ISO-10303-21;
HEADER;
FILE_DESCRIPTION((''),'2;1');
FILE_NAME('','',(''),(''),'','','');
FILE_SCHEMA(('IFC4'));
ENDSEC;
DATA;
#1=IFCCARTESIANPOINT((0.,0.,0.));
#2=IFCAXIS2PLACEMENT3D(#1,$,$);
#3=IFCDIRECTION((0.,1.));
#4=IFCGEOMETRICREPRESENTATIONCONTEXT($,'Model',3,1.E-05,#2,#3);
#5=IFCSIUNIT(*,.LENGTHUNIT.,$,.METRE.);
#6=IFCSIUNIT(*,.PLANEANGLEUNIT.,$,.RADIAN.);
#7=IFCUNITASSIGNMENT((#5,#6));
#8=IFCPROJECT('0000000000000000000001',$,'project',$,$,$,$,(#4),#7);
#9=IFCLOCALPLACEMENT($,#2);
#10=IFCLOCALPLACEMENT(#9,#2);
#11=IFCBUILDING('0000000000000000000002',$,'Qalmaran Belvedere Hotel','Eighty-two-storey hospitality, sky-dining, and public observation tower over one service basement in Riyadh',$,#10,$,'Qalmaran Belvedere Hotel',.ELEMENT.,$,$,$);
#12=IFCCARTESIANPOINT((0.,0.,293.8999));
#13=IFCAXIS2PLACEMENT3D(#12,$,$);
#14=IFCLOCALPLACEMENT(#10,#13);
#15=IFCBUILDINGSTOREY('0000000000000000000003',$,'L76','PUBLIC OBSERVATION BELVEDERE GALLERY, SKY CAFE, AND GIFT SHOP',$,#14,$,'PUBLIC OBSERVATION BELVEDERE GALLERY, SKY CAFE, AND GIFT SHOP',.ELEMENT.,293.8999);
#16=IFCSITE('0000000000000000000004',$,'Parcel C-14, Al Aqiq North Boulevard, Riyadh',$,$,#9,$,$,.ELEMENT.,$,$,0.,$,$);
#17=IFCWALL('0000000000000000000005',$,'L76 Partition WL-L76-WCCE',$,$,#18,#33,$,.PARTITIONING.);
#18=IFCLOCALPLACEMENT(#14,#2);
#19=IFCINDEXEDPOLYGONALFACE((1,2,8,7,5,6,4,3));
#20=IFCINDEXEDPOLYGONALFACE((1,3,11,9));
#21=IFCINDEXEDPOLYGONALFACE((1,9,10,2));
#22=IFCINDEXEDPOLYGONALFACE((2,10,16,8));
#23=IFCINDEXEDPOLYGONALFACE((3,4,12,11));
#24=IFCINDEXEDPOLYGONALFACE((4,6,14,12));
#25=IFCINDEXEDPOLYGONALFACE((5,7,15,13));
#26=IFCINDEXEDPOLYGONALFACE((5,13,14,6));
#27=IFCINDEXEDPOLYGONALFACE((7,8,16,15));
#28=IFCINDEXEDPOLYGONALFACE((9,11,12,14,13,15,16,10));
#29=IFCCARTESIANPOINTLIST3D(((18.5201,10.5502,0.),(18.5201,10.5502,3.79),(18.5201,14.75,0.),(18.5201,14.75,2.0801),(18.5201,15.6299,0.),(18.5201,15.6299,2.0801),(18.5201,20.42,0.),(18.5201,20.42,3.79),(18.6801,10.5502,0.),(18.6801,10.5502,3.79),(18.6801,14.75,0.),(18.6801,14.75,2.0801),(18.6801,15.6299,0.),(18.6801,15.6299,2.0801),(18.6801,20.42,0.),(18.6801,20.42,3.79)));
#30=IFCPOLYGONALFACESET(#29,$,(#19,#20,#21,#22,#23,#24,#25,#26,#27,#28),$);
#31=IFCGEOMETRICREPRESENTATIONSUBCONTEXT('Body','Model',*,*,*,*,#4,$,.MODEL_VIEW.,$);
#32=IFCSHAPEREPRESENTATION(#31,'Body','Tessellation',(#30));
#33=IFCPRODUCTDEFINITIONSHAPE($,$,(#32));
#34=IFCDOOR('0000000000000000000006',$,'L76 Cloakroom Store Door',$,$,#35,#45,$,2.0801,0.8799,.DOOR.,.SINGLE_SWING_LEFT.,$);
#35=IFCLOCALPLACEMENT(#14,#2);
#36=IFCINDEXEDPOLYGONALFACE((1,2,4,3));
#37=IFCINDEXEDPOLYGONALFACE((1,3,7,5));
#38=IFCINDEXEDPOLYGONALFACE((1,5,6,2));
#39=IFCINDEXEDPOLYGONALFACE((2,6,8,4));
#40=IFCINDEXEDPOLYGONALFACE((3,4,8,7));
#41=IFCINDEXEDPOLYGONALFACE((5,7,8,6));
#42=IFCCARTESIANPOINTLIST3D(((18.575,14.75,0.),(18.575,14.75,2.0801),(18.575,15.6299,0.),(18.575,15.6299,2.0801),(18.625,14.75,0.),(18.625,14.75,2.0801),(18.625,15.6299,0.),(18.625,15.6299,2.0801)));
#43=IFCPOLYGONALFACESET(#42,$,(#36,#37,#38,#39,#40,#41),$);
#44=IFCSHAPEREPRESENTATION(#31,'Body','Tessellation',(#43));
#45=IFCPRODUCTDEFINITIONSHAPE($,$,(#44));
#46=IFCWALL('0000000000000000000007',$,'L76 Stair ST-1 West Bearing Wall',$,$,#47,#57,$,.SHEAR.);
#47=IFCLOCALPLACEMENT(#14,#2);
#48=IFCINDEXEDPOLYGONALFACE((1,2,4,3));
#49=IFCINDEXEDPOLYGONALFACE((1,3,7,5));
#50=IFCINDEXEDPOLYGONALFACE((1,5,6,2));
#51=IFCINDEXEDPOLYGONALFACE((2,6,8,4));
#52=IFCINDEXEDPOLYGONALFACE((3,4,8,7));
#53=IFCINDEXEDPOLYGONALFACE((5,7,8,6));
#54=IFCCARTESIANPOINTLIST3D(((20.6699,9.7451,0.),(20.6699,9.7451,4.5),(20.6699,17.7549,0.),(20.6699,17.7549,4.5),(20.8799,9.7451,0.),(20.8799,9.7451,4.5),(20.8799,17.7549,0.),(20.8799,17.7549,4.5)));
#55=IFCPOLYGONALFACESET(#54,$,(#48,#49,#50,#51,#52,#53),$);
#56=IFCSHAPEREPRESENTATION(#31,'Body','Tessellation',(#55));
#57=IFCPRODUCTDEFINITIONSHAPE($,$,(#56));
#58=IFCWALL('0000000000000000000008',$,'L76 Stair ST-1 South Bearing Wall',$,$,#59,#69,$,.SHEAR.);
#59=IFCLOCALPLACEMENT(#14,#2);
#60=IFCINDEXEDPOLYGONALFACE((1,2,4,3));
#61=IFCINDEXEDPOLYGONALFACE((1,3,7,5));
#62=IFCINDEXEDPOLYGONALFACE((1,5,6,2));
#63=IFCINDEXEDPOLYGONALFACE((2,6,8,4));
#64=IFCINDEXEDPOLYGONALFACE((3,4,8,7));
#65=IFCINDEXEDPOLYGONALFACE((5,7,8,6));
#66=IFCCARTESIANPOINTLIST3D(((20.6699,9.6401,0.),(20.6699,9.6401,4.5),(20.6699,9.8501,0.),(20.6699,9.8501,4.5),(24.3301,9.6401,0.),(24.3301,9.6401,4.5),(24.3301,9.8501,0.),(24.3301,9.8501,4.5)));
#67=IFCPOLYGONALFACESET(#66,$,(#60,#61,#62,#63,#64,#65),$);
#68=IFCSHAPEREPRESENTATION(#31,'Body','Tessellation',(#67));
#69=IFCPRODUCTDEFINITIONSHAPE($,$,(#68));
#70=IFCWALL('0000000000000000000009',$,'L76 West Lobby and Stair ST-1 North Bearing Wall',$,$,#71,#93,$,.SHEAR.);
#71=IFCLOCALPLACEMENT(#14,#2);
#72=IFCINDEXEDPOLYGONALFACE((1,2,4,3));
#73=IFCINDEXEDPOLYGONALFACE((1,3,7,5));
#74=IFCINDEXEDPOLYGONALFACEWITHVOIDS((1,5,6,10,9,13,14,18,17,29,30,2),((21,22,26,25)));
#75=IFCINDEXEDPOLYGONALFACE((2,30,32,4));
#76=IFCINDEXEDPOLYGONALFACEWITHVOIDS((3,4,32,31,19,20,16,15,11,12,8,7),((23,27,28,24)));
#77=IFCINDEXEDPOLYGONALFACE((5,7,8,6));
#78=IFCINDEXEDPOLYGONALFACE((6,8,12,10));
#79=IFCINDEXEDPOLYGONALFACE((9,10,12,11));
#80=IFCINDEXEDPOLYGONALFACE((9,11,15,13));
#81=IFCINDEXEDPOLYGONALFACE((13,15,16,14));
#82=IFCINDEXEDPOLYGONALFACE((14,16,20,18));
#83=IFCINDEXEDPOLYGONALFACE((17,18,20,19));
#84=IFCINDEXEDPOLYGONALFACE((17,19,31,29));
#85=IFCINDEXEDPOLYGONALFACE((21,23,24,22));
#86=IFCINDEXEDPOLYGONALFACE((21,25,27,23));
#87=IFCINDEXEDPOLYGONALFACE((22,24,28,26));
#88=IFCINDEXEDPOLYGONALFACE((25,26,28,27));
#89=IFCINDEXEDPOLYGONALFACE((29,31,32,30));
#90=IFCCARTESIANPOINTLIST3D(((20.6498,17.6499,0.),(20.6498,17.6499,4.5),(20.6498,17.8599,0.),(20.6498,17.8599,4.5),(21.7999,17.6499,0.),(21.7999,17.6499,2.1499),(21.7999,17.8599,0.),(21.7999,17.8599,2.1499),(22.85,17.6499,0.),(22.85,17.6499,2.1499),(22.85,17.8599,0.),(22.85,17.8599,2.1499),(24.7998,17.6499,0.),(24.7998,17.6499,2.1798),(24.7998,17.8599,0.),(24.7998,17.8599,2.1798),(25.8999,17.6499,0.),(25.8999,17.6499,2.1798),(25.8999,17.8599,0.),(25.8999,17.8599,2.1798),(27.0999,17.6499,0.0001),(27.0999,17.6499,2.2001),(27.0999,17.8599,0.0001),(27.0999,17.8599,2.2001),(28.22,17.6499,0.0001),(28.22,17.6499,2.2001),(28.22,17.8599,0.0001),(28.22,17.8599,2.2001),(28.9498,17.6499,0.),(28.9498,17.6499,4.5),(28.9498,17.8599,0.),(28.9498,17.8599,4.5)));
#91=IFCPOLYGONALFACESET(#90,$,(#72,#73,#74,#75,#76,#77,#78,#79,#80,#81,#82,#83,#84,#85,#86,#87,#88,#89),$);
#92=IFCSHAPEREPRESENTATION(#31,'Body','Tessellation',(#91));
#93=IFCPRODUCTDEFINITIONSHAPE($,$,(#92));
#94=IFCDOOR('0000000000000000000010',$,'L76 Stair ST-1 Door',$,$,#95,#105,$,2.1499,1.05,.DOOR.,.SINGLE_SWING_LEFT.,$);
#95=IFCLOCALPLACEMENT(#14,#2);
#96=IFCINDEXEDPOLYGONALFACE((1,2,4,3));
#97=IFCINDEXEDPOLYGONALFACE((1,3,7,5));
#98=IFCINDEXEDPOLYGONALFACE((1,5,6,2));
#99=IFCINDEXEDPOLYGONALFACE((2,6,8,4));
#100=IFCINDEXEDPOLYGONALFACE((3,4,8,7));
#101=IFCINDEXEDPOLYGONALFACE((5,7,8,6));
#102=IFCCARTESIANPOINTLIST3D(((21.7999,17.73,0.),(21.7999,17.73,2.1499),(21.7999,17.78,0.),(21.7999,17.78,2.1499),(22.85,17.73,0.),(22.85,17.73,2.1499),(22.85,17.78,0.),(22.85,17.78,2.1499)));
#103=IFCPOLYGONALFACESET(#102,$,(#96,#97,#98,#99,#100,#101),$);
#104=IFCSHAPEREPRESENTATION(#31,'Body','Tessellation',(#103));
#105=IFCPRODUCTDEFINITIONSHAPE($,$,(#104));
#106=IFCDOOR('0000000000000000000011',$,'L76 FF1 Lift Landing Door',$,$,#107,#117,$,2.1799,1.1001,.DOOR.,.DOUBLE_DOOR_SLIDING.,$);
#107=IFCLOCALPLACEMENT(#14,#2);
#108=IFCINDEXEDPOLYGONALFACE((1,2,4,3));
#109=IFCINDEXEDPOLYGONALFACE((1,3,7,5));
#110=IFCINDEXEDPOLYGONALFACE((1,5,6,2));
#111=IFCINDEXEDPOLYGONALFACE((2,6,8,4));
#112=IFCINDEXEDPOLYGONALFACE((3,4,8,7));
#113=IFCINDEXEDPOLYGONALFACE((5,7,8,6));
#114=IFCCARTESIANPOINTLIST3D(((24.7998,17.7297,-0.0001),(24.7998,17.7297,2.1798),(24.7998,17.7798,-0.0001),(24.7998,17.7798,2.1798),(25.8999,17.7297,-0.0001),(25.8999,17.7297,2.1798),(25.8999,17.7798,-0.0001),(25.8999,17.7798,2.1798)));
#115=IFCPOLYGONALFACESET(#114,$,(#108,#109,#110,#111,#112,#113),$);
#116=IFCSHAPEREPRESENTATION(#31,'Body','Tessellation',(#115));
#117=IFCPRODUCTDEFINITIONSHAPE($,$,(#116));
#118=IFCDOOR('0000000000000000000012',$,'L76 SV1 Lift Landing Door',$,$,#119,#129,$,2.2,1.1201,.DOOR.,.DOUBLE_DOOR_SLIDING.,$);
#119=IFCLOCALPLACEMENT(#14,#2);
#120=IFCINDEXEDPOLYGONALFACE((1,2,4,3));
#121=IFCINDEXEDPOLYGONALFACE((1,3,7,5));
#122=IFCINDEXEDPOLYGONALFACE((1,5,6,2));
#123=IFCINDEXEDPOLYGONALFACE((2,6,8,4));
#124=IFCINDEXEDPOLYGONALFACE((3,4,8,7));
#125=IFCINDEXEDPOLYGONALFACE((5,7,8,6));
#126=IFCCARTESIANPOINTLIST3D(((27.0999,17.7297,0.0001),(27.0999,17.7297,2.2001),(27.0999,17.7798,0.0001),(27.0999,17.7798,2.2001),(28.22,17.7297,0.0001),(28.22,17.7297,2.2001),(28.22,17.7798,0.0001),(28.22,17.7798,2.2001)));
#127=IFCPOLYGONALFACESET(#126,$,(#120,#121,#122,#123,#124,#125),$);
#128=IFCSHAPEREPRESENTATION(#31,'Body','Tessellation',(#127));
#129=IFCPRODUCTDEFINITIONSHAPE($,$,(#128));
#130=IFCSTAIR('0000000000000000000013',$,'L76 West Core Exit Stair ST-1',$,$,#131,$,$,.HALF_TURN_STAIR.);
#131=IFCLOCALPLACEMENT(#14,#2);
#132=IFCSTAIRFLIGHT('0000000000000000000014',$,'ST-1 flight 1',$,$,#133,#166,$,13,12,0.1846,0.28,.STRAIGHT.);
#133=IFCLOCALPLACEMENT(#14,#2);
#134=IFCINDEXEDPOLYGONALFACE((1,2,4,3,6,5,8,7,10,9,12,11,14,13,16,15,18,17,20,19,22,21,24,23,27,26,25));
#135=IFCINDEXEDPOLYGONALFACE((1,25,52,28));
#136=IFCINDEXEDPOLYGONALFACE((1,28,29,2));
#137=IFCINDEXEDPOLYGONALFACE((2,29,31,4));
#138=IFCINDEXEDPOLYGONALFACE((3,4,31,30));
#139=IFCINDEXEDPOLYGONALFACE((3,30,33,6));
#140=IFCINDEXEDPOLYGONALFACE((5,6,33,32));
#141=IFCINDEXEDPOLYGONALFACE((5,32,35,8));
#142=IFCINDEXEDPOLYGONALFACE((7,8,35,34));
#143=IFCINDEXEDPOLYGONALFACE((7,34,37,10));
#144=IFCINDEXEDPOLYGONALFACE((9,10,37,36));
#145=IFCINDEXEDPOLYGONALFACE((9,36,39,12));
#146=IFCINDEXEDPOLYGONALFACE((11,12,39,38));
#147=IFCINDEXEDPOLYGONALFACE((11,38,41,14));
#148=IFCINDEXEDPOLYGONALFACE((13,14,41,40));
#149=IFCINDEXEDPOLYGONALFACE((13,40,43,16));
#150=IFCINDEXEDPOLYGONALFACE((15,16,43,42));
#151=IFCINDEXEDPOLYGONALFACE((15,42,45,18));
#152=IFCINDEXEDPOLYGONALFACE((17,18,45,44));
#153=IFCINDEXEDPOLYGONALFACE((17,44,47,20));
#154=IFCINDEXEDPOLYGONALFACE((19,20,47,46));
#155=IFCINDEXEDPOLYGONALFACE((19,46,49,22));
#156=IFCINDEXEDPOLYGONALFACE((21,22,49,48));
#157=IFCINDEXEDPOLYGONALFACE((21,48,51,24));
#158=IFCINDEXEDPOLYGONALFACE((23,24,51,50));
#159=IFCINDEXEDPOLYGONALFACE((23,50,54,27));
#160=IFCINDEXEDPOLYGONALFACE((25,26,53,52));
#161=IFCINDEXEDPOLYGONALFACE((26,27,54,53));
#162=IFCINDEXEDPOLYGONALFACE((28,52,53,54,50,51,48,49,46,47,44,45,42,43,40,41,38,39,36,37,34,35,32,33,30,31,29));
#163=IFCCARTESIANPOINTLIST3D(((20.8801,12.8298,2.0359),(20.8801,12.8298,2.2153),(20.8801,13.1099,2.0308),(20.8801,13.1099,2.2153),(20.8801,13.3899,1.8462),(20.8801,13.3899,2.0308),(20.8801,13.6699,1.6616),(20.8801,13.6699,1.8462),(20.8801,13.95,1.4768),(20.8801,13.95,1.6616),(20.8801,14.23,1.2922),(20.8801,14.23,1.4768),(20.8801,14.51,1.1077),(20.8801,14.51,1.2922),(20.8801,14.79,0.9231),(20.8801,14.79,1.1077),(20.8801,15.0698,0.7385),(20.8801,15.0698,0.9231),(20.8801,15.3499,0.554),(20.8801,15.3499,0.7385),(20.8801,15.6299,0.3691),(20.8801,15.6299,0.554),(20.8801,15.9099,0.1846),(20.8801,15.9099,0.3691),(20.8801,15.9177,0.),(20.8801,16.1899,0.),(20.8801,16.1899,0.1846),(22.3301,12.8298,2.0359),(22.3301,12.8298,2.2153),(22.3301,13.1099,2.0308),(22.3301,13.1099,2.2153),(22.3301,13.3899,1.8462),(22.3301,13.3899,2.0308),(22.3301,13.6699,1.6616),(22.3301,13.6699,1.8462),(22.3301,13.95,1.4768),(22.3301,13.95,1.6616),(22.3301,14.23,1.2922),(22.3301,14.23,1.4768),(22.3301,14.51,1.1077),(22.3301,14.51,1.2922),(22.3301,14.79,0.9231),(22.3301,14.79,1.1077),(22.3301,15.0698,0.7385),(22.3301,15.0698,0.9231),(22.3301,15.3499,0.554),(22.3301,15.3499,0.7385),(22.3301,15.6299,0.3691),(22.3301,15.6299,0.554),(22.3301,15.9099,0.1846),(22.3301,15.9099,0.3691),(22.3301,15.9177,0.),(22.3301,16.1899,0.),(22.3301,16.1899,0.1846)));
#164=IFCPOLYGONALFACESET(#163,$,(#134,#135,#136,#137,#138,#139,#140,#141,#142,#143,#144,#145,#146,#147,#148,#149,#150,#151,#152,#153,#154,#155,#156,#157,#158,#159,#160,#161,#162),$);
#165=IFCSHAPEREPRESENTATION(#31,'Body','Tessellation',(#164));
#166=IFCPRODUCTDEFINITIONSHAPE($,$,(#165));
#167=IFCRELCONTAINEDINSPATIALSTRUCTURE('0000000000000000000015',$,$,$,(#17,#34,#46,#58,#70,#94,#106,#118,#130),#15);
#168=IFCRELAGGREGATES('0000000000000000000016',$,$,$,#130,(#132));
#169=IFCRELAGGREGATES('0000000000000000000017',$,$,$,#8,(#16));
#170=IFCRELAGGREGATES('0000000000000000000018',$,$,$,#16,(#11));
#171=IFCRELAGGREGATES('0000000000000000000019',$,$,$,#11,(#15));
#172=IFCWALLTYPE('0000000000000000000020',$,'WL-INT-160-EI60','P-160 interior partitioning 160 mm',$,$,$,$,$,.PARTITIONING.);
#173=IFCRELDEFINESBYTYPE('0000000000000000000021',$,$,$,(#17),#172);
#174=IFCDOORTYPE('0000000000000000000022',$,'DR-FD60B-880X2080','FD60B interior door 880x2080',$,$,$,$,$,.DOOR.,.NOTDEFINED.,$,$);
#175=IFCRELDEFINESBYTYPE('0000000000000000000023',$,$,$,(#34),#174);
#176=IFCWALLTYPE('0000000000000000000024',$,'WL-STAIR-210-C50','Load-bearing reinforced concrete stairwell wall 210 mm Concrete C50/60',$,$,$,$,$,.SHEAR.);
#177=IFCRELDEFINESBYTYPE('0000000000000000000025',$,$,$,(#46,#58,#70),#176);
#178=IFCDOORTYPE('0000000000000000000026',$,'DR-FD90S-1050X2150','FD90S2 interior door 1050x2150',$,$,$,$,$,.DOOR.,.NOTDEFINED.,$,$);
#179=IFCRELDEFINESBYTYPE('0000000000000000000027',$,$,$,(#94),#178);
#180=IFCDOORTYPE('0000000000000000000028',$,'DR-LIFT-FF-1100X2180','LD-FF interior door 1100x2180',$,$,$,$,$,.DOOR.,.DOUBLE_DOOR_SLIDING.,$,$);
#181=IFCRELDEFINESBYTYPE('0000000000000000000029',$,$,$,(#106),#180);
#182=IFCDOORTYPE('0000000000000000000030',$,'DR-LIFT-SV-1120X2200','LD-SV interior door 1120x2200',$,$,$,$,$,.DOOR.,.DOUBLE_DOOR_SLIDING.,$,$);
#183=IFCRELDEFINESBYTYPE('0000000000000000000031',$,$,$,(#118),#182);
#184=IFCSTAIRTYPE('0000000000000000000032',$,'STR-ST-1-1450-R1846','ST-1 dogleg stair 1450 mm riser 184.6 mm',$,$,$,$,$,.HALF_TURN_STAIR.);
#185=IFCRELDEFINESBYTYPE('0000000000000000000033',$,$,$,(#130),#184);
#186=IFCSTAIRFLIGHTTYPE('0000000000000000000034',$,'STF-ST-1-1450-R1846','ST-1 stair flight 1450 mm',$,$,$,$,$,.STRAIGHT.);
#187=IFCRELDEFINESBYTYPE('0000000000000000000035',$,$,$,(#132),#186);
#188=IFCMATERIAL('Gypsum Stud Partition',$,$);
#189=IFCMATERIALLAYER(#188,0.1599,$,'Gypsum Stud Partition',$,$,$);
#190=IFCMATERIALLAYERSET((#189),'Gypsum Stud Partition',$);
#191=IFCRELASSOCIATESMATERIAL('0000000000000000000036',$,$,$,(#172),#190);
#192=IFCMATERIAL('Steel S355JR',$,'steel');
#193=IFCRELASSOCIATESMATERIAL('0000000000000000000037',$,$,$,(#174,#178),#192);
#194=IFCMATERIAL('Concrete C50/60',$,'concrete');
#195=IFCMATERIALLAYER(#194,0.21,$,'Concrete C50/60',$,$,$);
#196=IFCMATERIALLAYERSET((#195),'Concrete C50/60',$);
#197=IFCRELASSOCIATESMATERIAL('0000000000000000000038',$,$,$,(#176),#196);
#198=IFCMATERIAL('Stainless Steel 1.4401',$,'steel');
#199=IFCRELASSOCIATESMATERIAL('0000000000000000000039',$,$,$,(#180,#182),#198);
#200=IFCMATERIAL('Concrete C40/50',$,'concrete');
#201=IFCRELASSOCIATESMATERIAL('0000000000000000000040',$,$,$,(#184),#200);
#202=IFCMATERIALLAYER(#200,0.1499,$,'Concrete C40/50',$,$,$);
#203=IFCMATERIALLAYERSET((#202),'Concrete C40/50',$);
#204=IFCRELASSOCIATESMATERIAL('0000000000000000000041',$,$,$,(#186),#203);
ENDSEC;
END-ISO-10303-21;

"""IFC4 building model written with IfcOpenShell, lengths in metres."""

from ifc_helpers import new_model, si_unit, direction, frame, frame_2d, origin, place, context, subcontext, project, spatial, polyline, rectangle, outline, extrude, material, layer, layer_set, type_object, element, fill, aggregate, save


model = new_model("IFC4")

# Units and contexts
model_context = context("Model", 3, precision=1e-05, world=origin(), true_north=direction((0.0, 1.0)))
body_context = subcontext(model_context, "Body", "Model", "MODEL_VIEW")
ifc_project = project(units=[si_unit("LENGTHUNIT", "METRE"), si_unit("PLANEANGLEUNIT", "RADIAN")], contexts=[model_context])

# Site, building, storey
site_placement = place(None, origin())
site = spatial("IfcSite", under=ifc_project, at=site_placement, Name="Parcel C-14, Al Aqiq North Boulevard, Riyadh", CompositionType="ELEMENT", RefElevation=0.0)
building_placement = place(site_placement, origin())
building = spatial("IfcBuilding", under=site, at=building_placement, Name="Qalmaran Belvedere Hotel", Description="Eighty-two-storey hospitality, sky-dining, and public observation tower over one service basement in Riyadh", LongName="Qalmaran Belvedere Hotel", CompositionType="ELEMENT")
storey_placement = place(building_placement, frame((0.0, 0.0, 293.8999)))
storey = spatial("IfcBuildingStorey", under=building, at=storey_placement, Name="L76", Description="PUBLIC OBSERVATION BELVEDERE GALLERY, SKY CAFE, AND GIFT SHOP", LongName="PUBLIC OBSERVATION BELVEDERE GALLERY, SKY CAFE, AND GIFT SHOP", CompositionType="ELEMENT", Elevation=293.8999)

# Shared definitions
ifc_material_1 = material(Name="Concrete C50/60", Category="concrete")

# Shared definitions
ifc_material_2 = material(Name="Steel S355JR", Category="steel")

# Shared definitions
ifc_material_3 = material(Name="Gypsum Stud Partition")
ifc_layer_1 = layer(ifc_material_3, 0.1599, Name="Gypsum Stud Partition")
ifc_layer_set_1 = layer_set([ifc_layer_1], Name="Gypsum Stud Partition")
wall_type_1 = type_object("IfcWallType", Name="WL-INT-160-EI60", Description="P-160 interior partitioning 160 mm", PredefinedType="PARTITIONING", material=ifc_layer_set_1)

# Wall, opening, door
wall_1_placement = place(storey_placement, frame((18.6001, 10.55, 0.0), z_axis=(0.0, 0.0, 1.0), x_axis=(0.0, 1.0, 0.0)))
wall_1 = element("IfcWall", 1, at=wall_1_placement, inside=storey, type_object=wall_type_1, Name="L76 Partition WL-L76-WCCE", PredefinedType="PARTITIONING", context=body_context, shape_type="SweptSolid", body=[
    extrude(rectangle(XDim=9.8699, YDim=0.1599, at=frame_2d((4.9351, 0.0))), origin(), (0.0, 0.0, 1.0), 3.79),
])
opening_1_placement = place(wall_1_placement, frame((5.0798, 0.0, 0.0), z_axis=(0.0, 0.0, 1.0), x_axis=(-1.0, 0.0, 0.0)))
opening_1 = element("IfcOpeningElement", 2, at=opening_1_placement, cuts=wall_1, PredefinedType="OPENING", context=body_context, shape_type="SweptSolid", body=[
    extrude(rectangle(XDim=0.8799, YDim=2.0801, at=frame_2d((0.4399, 1.04))), frame((0.0, 0.0898, 0.0), z_axis=(0.0, -1.0, 0.0), x_axis=(1.0, 0.0, 0.0)), (0.0, 0.0, 1.0), 0.1799),
])
door_type_1 = type_object("IfcDoorType", Name="DR-FD60B-880X2080", Description="FD60B interior door 880x2080", OperationType="NOTDEFINED", PredefinedType="DOOR", material=ifc_material_2)
door_1_placement = place(opening_1_placement, origin())
door_1 = element("IfcDoor", 3, at=door_1_placement, inside=storey, type_object=door_type_1, Name="L76 Cloakroom Store Door", OperationType="SINGLE_SWING_LEFT", OverallHeight=2.0801, OverallWidth=0.8799, PredefinedType="DOOR", context=body_context, shape_type="SweptSolid", body=[
    extrude(rectangle(XDim=0.8799, YDim=2.0801, at=frame_2d((0.4399, 1.04))), frame((0.0, 0.0249, 0.0), z_axis=(0.0, -1.0, 0.0), x_axis=(1.0, 0.0, 0.0)), (0.0, 0.0, 1.0), 0.05),
])
fill(opening_1, door_1)

# Walls
ifc_layer_2 = layer(ifc_material_1, 0.21, Name="Concrete C50/60")
ifc_layer_set_2 = layer_set([ifc_layer_2], Name="Concrete C50/60")
wall_type_2 = type_object("IfcWallType", Name="WL-STAIR-210-C50", Description="Load-bearing reinforced concrete stairwell wall 210 mm Concrete C50/60", PredefinedType="SHEAR", material=ifc_layer_set_2)
wall_2_placement = place(storey_placement, frame((20.7749, 9.7451, 0.0), z_axis=(0.0, 0.0, 1.0), x_axis=(0.0, 1.0, 0.0)))
element("IfcWall", 4, at=wall_2_placement, inside=storey, type_object=wall_type_2, Name="L76 Stair ST-1 West Bearing Wall", PredefinedType="SHEAR", context=body_context, shape_type="SweptSolid", body=[
    extrude(rectangle(XDim=8.0098, YDim=0.21, at=frame_2d((4.0049, 0.0))), origin(), (0.0, 0.0, 1.0), 4.5),
])
wall_3_placement = place(storey_placement, frame((20.6699, 9.7451, 0.0), z_axis=(0.0, 0.0, 1.0), x_axis=(1.0, 0.0, 0.0)))
element("IfcWall", 5, at=wall_3_placement, inside=storey, type_object=wall_type_2, Name="L76 Stair ST-1 South Bearing Wall", PredefinedType="SHEAR", context=body_context, shape_type="SweptSolid", body=[
    extrude(rectangle(XDim=3.6602, YDim=0.21, at=frame_2d((1.8301, 0.0))), origin(), (0.0, 0.0, 1.0), 4.5),
])

# Wall, openings, doors
wall_4_placement = place(storey_placement, frame((20.6499, 17.7549, 0.0), z_axis=(0.0, 0.0, 1.0), x_axis=(1.0, 0.0, 0.0)))
wall_4 = element("IfcWall", 6, at=wall_4_placement, inside=storey, type_object=wall_type_2, Name="L76 West Lobby and Stair ST-1 North Bearing Wall", PredefinedType="SHEAR", context=body_context, shape_type="SweptSolid", body=[
    extrude(rectangle(XDim=8.3, YDim=0.21, at=frame_2d((4.1499, 0.0))), origin(), (0.0, 0.0, 1.0), 4.5),
])
opening_2_placement = place(wall_4_placement, frame((2.2, 0.0, 0.0), z_axis=(0.0, 0.0, 1.0), x_axis=(-1.0, 0.0, 0.0)))
opening_2 = element("IfcOpeningElement", 7, at=opening_2_placement, cuts=wall_4, PredefinedType="OPENING", context=body_context, shape_type="SweptSolid", body=[
    extrude(rectangle(XDim=1.05, YDim=2.1499, at=frame_2d((0.5249, 1.075))), frame((0.0, 0.115, 0.0), z_axis=(0.0, -1.0, 0.0), x_axis=(1.0, 0.0, 0.0)), (0.0, 0.0, 1.0), 0.23),
])
opening_3_placement = place(wall_4_placement, frame((4.1499, 0.0, 0.0)))
opening_3 = element("IfcOpeningElement", 8, at=opening_3_placement, cuts=wall_4, PredefinedType="OPENING", context=body_context, shape_type="SweptSolid", body=[
    extrude(rectangle(XDim=1.1001, YDim=2.1799, at=frame_2d((0.55, 1.0898))), frame((0.0, 0.115, 0.0), z_axis=(0.0, -1.0, 0.0), x_axis=(1.0, 0.0, 0.0)), (0.0, 0.0, 1.0), 0.23),
])
opening_4_placement = place(wall_4_placement, frame((6.45, 0.0, 0.0)))
opening_4 = element("IfcOpeningElement", 9, at=opening_4_placement, cuts=wall_4, PredefinedType="OPENING", context=body_context, shape_type="SweptSolid", body=[
    extrude(rectangle(XDim=1.1201, YDim=2.2, at=frame_2d((0.5601, 1.1001))), frame((0.0, 0.115, 0.0), z_axis=(0.0, -1.0, 0.0), x_axis=(1.0, 0.0, 0.0)), (0.0, 0.0, 1.0), 0.23),
])
door_type_2 = type_object("IfcDoorType", Name="DR-FD90S-1050X2150", Description="FD90S2 interior door 1050x2150", OperationType="NOTDEFINED", PredefinedType="DOOR", material=ifc_material_2)
door_2_placement = place(opening_2_placement, origin())
door_2 = element("IfcDoor", 10, at=door_2_placement, inside=storey, type_object=door_type_2, Name="L76 Stair ST-1 Door", OperationType="SINGLE_SWING_LEFT", OverallHeight=2.1499, OverallWidth=1.05, PredefinedType="DOOR", context=body_context, shape_type="SweptSolid", body=[
    extrude(rectangle(XDim=1.05, YDim=2.1499, at=frame_2d((0.5249, 1.075))), frame((0.0, 0.0249, 0.0), z_axis=(0.0, -1.0, 0.0), x_axis=(1.0, 0.0, 0.0)), (0.0, 0.0, 1.0), 0.05),
])
fill(opening_2, door_2)
ifc_material_4 = material(Name="Stainless Steel 1.4401", Category="steel")
door_type_3 = type_object("IfcDoorType", Name="DR-LIFT-FF-1100X2180", Description="LD-FF interior door 1100x2180", OperationType="DOUBLE_DOOR_SLIDING", PredefinedType="DOOR", material=ifc_material_4)
door_3_placement = place(opening_3_placement, origin())
door_3 = element("IfcDoor", 11, at=door_3_placement, inside=storey, type_object=door_type_3, Name="L76 FF1 Lift Landing Door", OperationType="DOUBLE_DOOR_SLIDING", OverallHeight=2.1799, OverallWidth=1.1001, PredefinedType="DOOR", context=body_context, shape_type="SweptSolid", body=[
    extrude(rectangle(XDim=1.1001, YDim=2.1799, at=frame_2d((0.55, 1.0898))), frame((0.0, 0.0249, 0.0), z_axis=(0.0, -1.0, 0.0), x_axis=(1.0, 0.0, 0.0)), (0.0, 0.0, 1.0), 0.05),
])
fill(opening_3, door_3)
door_type_4 = type_object("IfcDoorType", Name="DR-LIFT-SV-1120X2200", Description="LD-SV interior door 1120x2200", OperationType="DOUBLE_DOOR_SLIDING", PredefinedType="DOOR", material=ifc_material_4)
door_4_placement = place(opening_4_placement, origin())
door_4 = element("IfcDoor", 12, at=door_4_placement, inside=storey, type_object=door_type_4, Name="L76 SV1 Lift Landing Door", OperationType="DOUBLE_DOOR_SLIDING", OverallHeight=2.2, OverallWidth=1.1201, PredefinedType="DOOR", context=body_context, shape_type="SweptSolid", body=[
    extrude(rectangle(XDim=1.1201, YDim=2.2, at=frame_2d((0.5601, 1.1001))), frame((0.0, 0.0249, 0.0), z_axis=(0.0, -1.0, 0.0), x_axis=(1.0, 0.0, 0.0)), (0.0, 0.0, 1.0), 0.05),
])
fill(opening_4, door_4)

# Stair, stair flight
ifc_material_5 = material(Name="Concrete C40/50", Category="concrete")
stair_type = type_object("IfcStairType", Name="STR-ST-1-1450-R1846", Description="ST-1 dogleg stair 1450 mm riser 184.6 mm", PredefinedType="HALF_TURN_STAIR", material=ifc_material_5)
stair_placement = place(storey_placement, origin())
stair = element("IfcStair", 13, at=stair_placement, inside=storey, type_object=stair_type, Name="L76 West Core Exit Stair ST-1", PredefinedType="HALF_TURN_STAIR")
ifc_layer_3 = layer(ifc_material_5, 0.1499, Name="Concrete C40/50")
ifc_layer_set_3 = layer_set([ifc_layer_3], Name="Concrete C40/50")
stair_flight_type = type_object("IfcStairFlightType", Name="STF-ST-1-1450-R1846", Description="ST-1 stair flight 1450 mm", PredefinedType="STRAIGHT", material=ifc_layer_set_3)
stair_flight_1_placement = place(storey_placement, frame((21.605, 16.1899, 0.0), z_axis=(0.0, 0.0, 1.0), x_axis=(0.0, -1.0, 0.0)))
stair_flight_1 = element("IfcStairFlight", 14, at=stair_flight_1_placement, type_object=stair_flight_type, Name="ST-1 flight 1", NumberOfRisers=13, NumberOfTreads=12, PredefinedType="STRAIGHT", RiserHeight=0.1846, TreadLength=0.28, context=body_context, shape_type="SweptSolid", body=[
    extrude(outline(polyline([(0.0, 0.0), (0.0, 0.1846), (0.28, 0.1846), (0.28, 0.3691), (0.5601, 0.3691), (0.5601, 0.554), (0.8401, 0.554), (0.8401, 0.7385), (1.1201, 0.7385), (1.1201, 0.9231), (1.3999, 0.9231), (1.3999, 1.1077), (1.6799, 1.1077), (1.6799, 1.2922), (1.96, 1.2922), (1.96, 1.4768), (2.24, 1.4768), (2.24, 1.6616), (2.52, 1.6616), (2.52, 1.8462), (2.8, 1.8462), (2.8, 2.0308), (3.0801, 2.0308), (3.0801, 2.2153), (3.3601, 2.2153), (3.3601, 2.3999), (3.3601, 2.0359), (0.2722, 0.0), (0.0, 0.0)])), frame((0.0, 0.7251, 0.0), z_axis=(0.0, -1.0, 0.0), x_axis=(1.0, 0.0, 0.0)), (0.0, 0.0, 1.0), 1.45),
])
aggregate(stair, [stair_flight_1])

save(model, "model.ifc")
